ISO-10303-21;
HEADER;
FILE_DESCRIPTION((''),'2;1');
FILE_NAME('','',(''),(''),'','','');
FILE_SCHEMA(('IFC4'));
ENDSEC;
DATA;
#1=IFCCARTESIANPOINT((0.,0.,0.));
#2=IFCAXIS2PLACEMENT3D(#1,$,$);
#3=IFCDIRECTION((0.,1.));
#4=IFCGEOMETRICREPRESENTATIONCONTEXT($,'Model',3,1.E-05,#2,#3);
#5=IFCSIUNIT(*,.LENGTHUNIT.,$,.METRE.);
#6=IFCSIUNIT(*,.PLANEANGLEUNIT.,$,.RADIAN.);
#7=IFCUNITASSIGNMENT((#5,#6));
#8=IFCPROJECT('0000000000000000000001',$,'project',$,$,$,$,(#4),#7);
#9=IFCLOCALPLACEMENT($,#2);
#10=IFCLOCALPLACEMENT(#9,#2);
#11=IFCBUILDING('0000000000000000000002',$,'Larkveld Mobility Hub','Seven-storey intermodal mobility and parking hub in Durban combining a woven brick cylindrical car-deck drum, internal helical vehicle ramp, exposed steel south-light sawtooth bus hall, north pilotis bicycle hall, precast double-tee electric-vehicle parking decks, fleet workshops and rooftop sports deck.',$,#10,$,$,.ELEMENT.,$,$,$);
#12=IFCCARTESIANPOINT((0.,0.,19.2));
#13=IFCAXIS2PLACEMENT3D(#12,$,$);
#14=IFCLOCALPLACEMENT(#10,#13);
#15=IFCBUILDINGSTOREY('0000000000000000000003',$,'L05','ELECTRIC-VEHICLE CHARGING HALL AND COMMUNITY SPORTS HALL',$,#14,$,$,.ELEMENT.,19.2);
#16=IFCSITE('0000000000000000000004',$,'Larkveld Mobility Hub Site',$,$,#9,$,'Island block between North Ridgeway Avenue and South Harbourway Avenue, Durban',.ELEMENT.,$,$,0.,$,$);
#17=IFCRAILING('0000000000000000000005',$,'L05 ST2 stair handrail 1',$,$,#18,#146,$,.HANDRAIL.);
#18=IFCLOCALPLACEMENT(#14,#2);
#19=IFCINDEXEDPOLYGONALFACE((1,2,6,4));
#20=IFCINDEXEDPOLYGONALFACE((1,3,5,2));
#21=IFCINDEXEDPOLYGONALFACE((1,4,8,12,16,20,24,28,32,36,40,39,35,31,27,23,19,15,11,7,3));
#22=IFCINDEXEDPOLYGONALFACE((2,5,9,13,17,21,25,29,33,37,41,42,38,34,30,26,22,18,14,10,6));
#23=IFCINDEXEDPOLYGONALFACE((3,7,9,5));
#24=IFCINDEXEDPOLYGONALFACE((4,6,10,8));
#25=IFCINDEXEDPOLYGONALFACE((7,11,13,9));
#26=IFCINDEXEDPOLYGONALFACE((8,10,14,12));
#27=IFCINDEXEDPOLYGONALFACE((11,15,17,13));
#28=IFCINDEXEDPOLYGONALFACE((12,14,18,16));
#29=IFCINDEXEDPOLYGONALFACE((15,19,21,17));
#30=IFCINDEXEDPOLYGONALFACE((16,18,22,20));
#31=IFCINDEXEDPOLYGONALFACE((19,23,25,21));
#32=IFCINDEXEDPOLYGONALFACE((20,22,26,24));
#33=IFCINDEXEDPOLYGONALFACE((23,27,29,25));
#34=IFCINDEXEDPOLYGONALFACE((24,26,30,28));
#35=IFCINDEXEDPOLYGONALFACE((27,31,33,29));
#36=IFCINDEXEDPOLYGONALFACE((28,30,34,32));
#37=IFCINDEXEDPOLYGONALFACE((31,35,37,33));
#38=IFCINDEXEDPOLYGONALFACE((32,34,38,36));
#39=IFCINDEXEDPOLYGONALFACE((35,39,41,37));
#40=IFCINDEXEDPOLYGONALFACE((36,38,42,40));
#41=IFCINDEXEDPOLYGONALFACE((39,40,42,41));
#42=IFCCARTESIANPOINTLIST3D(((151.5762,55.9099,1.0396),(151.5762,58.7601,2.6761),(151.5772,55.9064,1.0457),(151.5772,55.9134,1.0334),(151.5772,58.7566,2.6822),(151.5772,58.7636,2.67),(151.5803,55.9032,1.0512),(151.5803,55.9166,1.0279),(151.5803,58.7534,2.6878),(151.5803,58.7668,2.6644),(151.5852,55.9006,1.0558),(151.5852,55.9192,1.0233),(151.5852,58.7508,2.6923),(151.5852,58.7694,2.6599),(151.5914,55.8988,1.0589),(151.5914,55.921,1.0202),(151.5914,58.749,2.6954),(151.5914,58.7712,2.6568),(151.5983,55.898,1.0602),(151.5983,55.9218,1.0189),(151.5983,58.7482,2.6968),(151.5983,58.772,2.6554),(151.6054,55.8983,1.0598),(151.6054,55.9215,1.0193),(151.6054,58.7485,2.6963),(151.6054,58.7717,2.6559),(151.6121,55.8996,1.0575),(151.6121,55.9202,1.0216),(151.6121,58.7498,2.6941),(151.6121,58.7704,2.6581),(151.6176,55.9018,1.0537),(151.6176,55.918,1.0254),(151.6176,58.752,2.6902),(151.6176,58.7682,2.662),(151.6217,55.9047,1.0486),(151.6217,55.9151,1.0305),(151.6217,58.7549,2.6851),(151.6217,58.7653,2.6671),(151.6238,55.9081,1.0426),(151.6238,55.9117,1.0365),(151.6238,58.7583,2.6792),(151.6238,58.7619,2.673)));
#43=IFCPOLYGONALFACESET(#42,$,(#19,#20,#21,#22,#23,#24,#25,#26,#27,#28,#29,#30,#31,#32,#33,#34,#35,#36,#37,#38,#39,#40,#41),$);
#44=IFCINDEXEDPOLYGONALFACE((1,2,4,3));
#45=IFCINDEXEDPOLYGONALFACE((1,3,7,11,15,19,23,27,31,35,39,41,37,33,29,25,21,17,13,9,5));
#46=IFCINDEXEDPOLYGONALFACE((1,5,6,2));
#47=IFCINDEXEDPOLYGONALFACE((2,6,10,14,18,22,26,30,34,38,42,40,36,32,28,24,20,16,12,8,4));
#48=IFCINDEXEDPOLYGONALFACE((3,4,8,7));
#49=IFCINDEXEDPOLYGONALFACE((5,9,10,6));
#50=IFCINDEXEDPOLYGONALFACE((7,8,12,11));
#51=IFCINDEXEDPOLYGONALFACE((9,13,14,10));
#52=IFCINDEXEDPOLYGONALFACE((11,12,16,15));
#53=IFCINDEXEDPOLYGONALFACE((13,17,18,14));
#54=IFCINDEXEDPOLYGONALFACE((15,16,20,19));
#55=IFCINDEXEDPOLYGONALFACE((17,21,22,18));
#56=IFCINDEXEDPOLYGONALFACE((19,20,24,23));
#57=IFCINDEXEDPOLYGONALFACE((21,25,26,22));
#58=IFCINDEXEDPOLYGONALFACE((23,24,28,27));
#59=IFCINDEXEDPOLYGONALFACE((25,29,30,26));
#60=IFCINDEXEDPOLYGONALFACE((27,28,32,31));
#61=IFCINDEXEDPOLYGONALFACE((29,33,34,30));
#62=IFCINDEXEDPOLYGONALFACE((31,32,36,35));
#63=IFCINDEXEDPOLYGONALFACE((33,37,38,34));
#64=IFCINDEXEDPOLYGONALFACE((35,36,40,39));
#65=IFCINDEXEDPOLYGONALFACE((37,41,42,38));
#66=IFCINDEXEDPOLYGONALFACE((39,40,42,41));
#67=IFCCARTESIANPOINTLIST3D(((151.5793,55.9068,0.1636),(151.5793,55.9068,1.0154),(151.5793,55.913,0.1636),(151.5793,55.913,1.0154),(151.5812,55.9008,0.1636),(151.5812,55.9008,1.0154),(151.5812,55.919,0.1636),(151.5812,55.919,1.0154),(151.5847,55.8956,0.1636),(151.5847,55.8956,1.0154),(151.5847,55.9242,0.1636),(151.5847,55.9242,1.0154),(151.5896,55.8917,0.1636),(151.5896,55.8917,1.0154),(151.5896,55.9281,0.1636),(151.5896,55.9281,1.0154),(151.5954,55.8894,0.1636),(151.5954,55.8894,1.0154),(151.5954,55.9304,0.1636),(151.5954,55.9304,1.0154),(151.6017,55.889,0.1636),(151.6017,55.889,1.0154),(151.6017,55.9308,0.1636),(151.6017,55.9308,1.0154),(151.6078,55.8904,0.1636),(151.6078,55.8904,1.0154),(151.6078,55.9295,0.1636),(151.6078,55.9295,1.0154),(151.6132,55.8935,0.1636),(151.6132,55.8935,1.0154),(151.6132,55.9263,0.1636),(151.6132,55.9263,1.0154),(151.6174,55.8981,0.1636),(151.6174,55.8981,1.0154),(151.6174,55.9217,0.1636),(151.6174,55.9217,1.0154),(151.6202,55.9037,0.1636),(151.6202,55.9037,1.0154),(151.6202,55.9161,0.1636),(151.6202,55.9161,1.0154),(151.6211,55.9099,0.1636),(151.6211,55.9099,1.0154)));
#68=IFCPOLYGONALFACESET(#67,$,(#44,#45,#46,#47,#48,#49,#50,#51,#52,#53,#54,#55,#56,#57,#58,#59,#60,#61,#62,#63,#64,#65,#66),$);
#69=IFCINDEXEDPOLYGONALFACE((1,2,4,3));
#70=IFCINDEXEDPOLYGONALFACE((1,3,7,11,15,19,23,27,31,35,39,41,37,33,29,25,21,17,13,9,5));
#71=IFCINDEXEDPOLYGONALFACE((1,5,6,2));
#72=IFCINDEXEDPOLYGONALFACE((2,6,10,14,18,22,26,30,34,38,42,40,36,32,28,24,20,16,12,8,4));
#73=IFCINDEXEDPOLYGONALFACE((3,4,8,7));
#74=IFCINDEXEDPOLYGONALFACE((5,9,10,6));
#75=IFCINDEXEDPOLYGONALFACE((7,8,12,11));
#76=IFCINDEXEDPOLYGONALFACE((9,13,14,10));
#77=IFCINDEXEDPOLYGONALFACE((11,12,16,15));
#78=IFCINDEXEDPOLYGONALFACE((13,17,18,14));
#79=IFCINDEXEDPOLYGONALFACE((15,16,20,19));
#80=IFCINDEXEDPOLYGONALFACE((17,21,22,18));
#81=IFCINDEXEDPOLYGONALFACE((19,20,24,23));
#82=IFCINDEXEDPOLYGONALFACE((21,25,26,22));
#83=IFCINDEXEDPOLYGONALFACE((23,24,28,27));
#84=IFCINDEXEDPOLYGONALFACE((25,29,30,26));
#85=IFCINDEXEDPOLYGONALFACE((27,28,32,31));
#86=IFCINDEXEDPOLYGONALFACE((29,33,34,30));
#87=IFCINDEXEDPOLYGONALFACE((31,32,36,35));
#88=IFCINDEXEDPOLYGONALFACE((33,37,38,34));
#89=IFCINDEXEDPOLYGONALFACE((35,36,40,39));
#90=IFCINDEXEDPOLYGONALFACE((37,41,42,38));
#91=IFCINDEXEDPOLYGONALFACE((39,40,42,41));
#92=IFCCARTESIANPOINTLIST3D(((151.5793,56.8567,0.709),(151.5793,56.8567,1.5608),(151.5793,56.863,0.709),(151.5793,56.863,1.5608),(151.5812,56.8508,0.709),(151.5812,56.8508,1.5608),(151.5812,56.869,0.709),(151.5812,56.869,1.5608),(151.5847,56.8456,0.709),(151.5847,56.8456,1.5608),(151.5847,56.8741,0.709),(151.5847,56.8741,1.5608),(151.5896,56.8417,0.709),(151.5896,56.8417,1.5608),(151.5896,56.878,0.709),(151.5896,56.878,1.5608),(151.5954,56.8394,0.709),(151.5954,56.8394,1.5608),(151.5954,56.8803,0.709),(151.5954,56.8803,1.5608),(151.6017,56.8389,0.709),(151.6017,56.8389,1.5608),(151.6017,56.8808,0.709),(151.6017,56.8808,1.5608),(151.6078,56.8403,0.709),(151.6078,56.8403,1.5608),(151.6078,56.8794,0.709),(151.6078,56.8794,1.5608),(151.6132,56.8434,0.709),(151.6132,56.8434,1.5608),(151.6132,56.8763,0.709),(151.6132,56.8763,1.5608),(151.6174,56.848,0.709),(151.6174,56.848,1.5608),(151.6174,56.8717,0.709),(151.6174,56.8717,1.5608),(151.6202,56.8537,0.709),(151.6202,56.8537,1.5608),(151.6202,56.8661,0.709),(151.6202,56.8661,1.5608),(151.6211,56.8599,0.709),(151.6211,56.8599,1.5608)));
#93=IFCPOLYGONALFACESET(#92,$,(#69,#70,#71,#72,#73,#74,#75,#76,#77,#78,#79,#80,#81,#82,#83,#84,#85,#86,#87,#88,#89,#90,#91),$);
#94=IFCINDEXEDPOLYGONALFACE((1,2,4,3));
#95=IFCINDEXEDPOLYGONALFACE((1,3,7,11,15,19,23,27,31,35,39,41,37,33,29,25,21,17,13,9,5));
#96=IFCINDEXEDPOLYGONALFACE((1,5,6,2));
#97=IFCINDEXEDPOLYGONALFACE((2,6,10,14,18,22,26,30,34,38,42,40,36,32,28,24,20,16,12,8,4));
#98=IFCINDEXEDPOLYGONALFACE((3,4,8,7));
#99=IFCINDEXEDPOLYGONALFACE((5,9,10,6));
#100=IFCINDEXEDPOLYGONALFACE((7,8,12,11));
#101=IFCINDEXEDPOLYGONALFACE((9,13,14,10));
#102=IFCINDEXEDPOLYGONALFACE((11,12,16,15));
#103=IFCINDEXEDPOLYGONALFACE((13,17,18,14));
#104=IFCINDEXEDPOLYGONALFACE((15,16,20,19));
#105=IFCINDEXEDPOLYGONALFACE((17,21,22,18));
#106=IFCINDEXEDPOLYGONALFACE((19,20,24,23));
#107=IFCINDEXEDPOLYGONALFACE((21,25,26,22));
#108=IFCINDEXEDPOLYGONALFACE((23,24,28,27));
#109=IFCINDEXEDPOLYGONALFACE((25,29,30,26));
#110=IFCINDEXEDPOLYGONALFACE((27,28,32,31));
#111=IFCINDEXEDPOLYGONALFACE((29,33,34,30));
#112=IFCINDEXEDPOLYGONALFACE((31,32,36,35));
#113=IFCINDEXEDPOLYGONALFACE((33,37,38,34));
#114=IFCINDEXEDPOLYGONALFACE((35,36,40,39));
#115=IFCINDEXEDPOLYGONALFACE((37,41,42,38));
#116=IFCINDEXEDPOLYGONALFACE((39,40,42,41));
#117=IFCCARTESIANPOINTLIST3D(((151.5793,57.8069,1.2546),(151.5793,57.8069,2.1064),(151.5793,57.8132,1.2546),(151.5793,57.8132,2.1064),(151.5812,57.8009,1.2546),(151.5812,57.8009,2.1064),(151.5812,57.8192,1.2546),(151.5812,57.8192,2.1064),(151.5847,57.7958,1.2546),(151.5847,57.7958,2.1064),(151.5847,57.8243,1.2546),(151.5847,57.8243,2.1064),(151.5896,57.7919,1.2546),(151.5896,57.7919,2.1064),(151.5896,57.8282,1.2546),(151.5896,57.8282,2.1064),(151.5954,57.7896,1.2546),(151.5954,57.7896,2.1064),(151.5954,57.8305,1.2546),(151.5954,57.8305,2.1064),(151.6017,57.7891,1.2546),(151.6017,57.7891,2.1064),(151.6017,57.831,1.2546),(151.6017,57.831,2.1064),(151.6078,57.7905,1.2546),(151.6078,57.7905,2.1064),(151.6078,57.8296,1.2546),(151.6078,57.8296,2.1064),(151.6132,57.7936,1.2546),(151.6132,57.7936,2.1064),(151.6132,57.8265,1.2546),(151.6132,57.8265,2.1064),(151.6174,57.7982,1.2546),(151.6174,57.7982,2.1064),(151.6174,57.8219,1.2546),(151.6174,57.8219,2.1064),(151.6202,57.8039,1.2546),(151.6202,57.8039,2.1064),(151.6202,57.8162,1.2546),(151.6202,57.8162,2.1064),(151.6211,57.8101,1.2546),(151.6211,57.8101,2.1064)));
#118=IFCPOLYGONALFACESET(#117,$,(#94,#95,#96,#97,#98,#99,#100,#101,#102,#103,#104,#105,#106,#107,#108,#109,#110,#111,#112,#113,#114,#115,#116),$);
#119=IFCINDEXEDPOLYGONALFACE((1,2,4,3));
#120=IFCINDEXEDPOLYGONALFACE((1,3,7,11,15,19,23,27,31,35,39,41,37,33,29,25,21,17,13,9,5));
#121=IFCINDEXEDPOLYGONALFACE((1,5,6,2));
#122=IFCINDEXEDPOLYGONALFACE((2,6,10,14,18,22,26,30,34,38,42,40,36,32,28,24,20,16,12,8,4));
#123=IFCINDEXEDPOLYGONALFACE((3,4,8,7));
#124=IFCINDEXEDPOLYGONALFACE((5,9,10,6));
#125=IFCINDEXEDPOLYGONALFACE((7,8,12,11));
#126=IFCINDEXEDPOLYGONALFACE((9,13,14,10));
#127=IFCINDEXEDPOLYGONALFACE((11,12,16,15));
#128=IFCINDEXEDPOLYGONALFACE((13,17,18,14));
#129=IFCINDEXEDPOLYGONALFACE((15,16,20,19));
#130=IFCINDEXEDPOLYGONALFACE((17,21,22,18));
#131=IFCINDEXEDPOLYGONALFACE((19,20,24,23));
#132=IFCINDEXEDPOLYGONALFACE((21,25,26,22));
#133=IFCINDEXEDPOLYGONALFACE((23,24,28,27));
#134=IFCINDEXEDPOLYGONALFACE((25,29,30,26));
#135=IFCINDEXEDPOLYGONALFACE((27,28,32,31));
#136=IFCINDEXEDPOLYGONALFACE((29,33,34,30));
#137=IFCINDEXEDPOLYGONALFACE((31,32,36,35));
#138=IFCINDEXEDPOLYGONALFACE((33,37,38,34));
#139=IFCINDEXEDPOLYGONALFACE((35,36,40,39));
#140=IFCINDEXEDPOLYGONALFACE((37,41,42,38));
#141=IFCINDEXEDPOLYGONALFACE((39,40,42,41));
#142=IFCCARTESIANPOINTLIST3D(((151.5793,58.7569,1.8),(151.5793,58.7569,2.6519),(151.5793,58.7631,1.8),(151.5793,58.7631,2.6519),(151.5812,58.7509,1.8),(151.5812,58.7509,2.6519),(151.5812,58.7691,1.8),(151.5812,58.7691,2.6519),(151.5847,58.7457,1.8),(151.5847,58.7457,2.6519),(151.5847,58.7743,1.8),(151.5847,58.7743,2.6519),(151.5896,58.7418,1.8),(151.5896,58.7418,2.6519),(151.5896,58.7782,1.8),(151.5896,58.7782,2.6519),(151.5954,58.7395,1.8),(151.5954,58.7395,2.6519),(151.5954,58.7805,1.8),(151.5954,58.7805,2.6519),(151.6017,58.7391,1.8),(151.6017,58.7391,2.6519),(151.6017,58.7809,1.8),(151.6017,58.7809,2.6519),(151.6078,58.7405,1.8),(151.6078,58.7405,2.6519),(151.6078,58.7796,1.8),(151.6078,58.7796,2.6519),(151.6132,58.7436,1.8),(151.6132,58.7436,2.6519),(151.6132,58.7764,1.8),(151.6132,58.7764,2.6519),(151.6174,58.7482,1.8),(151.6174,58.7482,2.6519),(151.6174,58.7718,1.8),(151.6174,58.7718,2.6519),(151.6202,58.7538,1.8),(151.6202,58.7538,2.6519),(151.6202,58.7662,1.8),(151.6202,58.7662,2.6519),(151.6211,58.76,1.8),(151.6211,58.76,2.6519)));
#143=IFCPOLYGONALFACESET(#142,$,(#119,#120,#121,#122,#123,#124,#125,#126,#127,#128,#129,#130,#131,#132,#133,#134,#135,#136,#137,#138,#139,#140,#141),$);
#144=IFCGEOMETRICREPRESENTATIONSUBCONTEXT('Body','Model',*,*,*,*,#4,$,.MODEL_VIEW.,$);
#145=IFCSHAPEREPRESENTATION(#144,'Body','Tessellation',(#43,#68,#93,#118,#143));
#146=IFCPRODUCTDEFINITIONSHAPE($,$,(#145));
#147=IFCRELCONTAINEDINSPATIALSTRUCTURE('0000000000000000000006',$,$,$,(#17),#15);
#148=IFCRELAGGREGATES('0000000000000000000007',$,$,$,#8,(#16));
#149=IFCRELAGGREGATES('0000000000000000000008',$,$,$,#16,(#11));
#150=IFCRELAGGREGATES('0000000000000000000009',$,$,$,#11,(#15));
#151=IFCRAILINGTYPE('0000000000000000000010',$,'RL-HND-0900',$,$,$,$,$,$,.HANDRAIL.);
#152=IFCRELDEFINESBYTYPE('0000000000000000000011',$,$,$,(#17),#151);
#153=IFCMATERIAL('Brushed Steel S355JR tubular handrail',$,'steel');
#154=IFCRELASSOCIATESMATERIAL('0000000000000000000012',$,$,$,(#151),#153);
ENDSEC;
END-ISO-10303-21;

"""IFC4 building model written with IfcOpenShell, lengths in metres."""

from ifc_helpers import new_model, si_unit, direction, frame, origin, origin_2d, place, context, subcontext, project, spatial, circle, extrude, material, type_object, element, save


model = new_model("IFC4")

# Units and contexts
model_context = context("Model", 3, precision=1e-05, world=origin(), true_north=direction((0.0, 1.0)))
body_context = subcontext(model_context, "Body", "Model", "MODEL_VIEW")
ifc_project = project(units=[si_unit("LENGTHUNIT", "METRE"), si_unit("PLANEANGLEUNIT", "RADIAN")], contexts=[model_context])

# Site, building, storey
site_placement = place(None, origin())
site = spatial("IfcSite", under=ifc_project, at=site_placement, Name="Larkveld Mobility Hub Site", LongName="Island block between North Ridgeway Avenue and South Harbourway Avenue, Durban", CompositionType="ELEMENT", RefElevation=0.0)
building_placement = place(site_placement, origin())
building = spatial("IfcBuilding", under=site, at=building_placement, Name="Larkveld Mobility Hub", Description="Seven-storey intermodal mobility and parking hub in Durban combining a woven brick cylindrical car-deck drum, internal helical vehicle ramp, exposed steel south-light sawtooth bus hall, north pilotis bicycle hall, precast double-tee electric-vehicle parking decks, fleet workshops and rooftop sports deck.", CompositionType="ELEMENT")
storey_placement = place(building_placement, frame((0.0, 0.0, 19.2)))
storey = spatial("IfcBuildingStorey", under=building, at=storey_placement, Name="L05", Description="ELECTRIC-VEHICLE CHARGING HALL AND COMMUNITY SPORTS HALL", CompositionType="ELEMENT", Elevation=19.2)

# Railing
ifc_material_1 = material(Name="Brushed Steel S355JR tubular handrail", Category="steel")
railing_type_1 = type_object("IfcRailingType", Name="RL-HND-0900", PredefinedType="HANDRAIL", material=ifc_material_1)
railing_1_placement = place(storey_placement, frame((151.6001, 55.9099, 0.1636)))
element("IfcRailing", 1, at=railing_1_placement, inside=storey, type_object=railing_type_1, Name="L05 ST2 stair handrail 1", PredefinedType="HANDRAIL", context=body_context, shape_type="SweptSolid", body=[
    extrude(circle(Radius=0.0239, at=origin_2d()), frame((0.0, 0.0, 0.876), z_axis=(0.0, 0.867213, 0.497938), x_axis=(-1.0, 0.0, 0.0)), (0.0, 0.0, 1.0), 3.2866),
    extrude(circle(Radius=0.021, at=origin_2d()), origin(), (0.0, 0.0, 1.0), 0.8518),
    extrude(circle(Radius=0.021, at=origin_2d()), frame((0.0, 0.95, 0.5454)), (0.0, 0.0, 1.0), 0.8518),
    extrude(circle(Radius=0.021, at=origin_2d()), frame((0.0, 1.9001, 1.0911)), (0.0, 0.0, 1.0), 0.8518),
    extrude(circle(Radius=0.021, at=origin_2d()), frame((0.0, 2.8501, 1.6365)), (0.0, 0.0, 1.0), 0.8518),
])

save(model, "model.ifc")
